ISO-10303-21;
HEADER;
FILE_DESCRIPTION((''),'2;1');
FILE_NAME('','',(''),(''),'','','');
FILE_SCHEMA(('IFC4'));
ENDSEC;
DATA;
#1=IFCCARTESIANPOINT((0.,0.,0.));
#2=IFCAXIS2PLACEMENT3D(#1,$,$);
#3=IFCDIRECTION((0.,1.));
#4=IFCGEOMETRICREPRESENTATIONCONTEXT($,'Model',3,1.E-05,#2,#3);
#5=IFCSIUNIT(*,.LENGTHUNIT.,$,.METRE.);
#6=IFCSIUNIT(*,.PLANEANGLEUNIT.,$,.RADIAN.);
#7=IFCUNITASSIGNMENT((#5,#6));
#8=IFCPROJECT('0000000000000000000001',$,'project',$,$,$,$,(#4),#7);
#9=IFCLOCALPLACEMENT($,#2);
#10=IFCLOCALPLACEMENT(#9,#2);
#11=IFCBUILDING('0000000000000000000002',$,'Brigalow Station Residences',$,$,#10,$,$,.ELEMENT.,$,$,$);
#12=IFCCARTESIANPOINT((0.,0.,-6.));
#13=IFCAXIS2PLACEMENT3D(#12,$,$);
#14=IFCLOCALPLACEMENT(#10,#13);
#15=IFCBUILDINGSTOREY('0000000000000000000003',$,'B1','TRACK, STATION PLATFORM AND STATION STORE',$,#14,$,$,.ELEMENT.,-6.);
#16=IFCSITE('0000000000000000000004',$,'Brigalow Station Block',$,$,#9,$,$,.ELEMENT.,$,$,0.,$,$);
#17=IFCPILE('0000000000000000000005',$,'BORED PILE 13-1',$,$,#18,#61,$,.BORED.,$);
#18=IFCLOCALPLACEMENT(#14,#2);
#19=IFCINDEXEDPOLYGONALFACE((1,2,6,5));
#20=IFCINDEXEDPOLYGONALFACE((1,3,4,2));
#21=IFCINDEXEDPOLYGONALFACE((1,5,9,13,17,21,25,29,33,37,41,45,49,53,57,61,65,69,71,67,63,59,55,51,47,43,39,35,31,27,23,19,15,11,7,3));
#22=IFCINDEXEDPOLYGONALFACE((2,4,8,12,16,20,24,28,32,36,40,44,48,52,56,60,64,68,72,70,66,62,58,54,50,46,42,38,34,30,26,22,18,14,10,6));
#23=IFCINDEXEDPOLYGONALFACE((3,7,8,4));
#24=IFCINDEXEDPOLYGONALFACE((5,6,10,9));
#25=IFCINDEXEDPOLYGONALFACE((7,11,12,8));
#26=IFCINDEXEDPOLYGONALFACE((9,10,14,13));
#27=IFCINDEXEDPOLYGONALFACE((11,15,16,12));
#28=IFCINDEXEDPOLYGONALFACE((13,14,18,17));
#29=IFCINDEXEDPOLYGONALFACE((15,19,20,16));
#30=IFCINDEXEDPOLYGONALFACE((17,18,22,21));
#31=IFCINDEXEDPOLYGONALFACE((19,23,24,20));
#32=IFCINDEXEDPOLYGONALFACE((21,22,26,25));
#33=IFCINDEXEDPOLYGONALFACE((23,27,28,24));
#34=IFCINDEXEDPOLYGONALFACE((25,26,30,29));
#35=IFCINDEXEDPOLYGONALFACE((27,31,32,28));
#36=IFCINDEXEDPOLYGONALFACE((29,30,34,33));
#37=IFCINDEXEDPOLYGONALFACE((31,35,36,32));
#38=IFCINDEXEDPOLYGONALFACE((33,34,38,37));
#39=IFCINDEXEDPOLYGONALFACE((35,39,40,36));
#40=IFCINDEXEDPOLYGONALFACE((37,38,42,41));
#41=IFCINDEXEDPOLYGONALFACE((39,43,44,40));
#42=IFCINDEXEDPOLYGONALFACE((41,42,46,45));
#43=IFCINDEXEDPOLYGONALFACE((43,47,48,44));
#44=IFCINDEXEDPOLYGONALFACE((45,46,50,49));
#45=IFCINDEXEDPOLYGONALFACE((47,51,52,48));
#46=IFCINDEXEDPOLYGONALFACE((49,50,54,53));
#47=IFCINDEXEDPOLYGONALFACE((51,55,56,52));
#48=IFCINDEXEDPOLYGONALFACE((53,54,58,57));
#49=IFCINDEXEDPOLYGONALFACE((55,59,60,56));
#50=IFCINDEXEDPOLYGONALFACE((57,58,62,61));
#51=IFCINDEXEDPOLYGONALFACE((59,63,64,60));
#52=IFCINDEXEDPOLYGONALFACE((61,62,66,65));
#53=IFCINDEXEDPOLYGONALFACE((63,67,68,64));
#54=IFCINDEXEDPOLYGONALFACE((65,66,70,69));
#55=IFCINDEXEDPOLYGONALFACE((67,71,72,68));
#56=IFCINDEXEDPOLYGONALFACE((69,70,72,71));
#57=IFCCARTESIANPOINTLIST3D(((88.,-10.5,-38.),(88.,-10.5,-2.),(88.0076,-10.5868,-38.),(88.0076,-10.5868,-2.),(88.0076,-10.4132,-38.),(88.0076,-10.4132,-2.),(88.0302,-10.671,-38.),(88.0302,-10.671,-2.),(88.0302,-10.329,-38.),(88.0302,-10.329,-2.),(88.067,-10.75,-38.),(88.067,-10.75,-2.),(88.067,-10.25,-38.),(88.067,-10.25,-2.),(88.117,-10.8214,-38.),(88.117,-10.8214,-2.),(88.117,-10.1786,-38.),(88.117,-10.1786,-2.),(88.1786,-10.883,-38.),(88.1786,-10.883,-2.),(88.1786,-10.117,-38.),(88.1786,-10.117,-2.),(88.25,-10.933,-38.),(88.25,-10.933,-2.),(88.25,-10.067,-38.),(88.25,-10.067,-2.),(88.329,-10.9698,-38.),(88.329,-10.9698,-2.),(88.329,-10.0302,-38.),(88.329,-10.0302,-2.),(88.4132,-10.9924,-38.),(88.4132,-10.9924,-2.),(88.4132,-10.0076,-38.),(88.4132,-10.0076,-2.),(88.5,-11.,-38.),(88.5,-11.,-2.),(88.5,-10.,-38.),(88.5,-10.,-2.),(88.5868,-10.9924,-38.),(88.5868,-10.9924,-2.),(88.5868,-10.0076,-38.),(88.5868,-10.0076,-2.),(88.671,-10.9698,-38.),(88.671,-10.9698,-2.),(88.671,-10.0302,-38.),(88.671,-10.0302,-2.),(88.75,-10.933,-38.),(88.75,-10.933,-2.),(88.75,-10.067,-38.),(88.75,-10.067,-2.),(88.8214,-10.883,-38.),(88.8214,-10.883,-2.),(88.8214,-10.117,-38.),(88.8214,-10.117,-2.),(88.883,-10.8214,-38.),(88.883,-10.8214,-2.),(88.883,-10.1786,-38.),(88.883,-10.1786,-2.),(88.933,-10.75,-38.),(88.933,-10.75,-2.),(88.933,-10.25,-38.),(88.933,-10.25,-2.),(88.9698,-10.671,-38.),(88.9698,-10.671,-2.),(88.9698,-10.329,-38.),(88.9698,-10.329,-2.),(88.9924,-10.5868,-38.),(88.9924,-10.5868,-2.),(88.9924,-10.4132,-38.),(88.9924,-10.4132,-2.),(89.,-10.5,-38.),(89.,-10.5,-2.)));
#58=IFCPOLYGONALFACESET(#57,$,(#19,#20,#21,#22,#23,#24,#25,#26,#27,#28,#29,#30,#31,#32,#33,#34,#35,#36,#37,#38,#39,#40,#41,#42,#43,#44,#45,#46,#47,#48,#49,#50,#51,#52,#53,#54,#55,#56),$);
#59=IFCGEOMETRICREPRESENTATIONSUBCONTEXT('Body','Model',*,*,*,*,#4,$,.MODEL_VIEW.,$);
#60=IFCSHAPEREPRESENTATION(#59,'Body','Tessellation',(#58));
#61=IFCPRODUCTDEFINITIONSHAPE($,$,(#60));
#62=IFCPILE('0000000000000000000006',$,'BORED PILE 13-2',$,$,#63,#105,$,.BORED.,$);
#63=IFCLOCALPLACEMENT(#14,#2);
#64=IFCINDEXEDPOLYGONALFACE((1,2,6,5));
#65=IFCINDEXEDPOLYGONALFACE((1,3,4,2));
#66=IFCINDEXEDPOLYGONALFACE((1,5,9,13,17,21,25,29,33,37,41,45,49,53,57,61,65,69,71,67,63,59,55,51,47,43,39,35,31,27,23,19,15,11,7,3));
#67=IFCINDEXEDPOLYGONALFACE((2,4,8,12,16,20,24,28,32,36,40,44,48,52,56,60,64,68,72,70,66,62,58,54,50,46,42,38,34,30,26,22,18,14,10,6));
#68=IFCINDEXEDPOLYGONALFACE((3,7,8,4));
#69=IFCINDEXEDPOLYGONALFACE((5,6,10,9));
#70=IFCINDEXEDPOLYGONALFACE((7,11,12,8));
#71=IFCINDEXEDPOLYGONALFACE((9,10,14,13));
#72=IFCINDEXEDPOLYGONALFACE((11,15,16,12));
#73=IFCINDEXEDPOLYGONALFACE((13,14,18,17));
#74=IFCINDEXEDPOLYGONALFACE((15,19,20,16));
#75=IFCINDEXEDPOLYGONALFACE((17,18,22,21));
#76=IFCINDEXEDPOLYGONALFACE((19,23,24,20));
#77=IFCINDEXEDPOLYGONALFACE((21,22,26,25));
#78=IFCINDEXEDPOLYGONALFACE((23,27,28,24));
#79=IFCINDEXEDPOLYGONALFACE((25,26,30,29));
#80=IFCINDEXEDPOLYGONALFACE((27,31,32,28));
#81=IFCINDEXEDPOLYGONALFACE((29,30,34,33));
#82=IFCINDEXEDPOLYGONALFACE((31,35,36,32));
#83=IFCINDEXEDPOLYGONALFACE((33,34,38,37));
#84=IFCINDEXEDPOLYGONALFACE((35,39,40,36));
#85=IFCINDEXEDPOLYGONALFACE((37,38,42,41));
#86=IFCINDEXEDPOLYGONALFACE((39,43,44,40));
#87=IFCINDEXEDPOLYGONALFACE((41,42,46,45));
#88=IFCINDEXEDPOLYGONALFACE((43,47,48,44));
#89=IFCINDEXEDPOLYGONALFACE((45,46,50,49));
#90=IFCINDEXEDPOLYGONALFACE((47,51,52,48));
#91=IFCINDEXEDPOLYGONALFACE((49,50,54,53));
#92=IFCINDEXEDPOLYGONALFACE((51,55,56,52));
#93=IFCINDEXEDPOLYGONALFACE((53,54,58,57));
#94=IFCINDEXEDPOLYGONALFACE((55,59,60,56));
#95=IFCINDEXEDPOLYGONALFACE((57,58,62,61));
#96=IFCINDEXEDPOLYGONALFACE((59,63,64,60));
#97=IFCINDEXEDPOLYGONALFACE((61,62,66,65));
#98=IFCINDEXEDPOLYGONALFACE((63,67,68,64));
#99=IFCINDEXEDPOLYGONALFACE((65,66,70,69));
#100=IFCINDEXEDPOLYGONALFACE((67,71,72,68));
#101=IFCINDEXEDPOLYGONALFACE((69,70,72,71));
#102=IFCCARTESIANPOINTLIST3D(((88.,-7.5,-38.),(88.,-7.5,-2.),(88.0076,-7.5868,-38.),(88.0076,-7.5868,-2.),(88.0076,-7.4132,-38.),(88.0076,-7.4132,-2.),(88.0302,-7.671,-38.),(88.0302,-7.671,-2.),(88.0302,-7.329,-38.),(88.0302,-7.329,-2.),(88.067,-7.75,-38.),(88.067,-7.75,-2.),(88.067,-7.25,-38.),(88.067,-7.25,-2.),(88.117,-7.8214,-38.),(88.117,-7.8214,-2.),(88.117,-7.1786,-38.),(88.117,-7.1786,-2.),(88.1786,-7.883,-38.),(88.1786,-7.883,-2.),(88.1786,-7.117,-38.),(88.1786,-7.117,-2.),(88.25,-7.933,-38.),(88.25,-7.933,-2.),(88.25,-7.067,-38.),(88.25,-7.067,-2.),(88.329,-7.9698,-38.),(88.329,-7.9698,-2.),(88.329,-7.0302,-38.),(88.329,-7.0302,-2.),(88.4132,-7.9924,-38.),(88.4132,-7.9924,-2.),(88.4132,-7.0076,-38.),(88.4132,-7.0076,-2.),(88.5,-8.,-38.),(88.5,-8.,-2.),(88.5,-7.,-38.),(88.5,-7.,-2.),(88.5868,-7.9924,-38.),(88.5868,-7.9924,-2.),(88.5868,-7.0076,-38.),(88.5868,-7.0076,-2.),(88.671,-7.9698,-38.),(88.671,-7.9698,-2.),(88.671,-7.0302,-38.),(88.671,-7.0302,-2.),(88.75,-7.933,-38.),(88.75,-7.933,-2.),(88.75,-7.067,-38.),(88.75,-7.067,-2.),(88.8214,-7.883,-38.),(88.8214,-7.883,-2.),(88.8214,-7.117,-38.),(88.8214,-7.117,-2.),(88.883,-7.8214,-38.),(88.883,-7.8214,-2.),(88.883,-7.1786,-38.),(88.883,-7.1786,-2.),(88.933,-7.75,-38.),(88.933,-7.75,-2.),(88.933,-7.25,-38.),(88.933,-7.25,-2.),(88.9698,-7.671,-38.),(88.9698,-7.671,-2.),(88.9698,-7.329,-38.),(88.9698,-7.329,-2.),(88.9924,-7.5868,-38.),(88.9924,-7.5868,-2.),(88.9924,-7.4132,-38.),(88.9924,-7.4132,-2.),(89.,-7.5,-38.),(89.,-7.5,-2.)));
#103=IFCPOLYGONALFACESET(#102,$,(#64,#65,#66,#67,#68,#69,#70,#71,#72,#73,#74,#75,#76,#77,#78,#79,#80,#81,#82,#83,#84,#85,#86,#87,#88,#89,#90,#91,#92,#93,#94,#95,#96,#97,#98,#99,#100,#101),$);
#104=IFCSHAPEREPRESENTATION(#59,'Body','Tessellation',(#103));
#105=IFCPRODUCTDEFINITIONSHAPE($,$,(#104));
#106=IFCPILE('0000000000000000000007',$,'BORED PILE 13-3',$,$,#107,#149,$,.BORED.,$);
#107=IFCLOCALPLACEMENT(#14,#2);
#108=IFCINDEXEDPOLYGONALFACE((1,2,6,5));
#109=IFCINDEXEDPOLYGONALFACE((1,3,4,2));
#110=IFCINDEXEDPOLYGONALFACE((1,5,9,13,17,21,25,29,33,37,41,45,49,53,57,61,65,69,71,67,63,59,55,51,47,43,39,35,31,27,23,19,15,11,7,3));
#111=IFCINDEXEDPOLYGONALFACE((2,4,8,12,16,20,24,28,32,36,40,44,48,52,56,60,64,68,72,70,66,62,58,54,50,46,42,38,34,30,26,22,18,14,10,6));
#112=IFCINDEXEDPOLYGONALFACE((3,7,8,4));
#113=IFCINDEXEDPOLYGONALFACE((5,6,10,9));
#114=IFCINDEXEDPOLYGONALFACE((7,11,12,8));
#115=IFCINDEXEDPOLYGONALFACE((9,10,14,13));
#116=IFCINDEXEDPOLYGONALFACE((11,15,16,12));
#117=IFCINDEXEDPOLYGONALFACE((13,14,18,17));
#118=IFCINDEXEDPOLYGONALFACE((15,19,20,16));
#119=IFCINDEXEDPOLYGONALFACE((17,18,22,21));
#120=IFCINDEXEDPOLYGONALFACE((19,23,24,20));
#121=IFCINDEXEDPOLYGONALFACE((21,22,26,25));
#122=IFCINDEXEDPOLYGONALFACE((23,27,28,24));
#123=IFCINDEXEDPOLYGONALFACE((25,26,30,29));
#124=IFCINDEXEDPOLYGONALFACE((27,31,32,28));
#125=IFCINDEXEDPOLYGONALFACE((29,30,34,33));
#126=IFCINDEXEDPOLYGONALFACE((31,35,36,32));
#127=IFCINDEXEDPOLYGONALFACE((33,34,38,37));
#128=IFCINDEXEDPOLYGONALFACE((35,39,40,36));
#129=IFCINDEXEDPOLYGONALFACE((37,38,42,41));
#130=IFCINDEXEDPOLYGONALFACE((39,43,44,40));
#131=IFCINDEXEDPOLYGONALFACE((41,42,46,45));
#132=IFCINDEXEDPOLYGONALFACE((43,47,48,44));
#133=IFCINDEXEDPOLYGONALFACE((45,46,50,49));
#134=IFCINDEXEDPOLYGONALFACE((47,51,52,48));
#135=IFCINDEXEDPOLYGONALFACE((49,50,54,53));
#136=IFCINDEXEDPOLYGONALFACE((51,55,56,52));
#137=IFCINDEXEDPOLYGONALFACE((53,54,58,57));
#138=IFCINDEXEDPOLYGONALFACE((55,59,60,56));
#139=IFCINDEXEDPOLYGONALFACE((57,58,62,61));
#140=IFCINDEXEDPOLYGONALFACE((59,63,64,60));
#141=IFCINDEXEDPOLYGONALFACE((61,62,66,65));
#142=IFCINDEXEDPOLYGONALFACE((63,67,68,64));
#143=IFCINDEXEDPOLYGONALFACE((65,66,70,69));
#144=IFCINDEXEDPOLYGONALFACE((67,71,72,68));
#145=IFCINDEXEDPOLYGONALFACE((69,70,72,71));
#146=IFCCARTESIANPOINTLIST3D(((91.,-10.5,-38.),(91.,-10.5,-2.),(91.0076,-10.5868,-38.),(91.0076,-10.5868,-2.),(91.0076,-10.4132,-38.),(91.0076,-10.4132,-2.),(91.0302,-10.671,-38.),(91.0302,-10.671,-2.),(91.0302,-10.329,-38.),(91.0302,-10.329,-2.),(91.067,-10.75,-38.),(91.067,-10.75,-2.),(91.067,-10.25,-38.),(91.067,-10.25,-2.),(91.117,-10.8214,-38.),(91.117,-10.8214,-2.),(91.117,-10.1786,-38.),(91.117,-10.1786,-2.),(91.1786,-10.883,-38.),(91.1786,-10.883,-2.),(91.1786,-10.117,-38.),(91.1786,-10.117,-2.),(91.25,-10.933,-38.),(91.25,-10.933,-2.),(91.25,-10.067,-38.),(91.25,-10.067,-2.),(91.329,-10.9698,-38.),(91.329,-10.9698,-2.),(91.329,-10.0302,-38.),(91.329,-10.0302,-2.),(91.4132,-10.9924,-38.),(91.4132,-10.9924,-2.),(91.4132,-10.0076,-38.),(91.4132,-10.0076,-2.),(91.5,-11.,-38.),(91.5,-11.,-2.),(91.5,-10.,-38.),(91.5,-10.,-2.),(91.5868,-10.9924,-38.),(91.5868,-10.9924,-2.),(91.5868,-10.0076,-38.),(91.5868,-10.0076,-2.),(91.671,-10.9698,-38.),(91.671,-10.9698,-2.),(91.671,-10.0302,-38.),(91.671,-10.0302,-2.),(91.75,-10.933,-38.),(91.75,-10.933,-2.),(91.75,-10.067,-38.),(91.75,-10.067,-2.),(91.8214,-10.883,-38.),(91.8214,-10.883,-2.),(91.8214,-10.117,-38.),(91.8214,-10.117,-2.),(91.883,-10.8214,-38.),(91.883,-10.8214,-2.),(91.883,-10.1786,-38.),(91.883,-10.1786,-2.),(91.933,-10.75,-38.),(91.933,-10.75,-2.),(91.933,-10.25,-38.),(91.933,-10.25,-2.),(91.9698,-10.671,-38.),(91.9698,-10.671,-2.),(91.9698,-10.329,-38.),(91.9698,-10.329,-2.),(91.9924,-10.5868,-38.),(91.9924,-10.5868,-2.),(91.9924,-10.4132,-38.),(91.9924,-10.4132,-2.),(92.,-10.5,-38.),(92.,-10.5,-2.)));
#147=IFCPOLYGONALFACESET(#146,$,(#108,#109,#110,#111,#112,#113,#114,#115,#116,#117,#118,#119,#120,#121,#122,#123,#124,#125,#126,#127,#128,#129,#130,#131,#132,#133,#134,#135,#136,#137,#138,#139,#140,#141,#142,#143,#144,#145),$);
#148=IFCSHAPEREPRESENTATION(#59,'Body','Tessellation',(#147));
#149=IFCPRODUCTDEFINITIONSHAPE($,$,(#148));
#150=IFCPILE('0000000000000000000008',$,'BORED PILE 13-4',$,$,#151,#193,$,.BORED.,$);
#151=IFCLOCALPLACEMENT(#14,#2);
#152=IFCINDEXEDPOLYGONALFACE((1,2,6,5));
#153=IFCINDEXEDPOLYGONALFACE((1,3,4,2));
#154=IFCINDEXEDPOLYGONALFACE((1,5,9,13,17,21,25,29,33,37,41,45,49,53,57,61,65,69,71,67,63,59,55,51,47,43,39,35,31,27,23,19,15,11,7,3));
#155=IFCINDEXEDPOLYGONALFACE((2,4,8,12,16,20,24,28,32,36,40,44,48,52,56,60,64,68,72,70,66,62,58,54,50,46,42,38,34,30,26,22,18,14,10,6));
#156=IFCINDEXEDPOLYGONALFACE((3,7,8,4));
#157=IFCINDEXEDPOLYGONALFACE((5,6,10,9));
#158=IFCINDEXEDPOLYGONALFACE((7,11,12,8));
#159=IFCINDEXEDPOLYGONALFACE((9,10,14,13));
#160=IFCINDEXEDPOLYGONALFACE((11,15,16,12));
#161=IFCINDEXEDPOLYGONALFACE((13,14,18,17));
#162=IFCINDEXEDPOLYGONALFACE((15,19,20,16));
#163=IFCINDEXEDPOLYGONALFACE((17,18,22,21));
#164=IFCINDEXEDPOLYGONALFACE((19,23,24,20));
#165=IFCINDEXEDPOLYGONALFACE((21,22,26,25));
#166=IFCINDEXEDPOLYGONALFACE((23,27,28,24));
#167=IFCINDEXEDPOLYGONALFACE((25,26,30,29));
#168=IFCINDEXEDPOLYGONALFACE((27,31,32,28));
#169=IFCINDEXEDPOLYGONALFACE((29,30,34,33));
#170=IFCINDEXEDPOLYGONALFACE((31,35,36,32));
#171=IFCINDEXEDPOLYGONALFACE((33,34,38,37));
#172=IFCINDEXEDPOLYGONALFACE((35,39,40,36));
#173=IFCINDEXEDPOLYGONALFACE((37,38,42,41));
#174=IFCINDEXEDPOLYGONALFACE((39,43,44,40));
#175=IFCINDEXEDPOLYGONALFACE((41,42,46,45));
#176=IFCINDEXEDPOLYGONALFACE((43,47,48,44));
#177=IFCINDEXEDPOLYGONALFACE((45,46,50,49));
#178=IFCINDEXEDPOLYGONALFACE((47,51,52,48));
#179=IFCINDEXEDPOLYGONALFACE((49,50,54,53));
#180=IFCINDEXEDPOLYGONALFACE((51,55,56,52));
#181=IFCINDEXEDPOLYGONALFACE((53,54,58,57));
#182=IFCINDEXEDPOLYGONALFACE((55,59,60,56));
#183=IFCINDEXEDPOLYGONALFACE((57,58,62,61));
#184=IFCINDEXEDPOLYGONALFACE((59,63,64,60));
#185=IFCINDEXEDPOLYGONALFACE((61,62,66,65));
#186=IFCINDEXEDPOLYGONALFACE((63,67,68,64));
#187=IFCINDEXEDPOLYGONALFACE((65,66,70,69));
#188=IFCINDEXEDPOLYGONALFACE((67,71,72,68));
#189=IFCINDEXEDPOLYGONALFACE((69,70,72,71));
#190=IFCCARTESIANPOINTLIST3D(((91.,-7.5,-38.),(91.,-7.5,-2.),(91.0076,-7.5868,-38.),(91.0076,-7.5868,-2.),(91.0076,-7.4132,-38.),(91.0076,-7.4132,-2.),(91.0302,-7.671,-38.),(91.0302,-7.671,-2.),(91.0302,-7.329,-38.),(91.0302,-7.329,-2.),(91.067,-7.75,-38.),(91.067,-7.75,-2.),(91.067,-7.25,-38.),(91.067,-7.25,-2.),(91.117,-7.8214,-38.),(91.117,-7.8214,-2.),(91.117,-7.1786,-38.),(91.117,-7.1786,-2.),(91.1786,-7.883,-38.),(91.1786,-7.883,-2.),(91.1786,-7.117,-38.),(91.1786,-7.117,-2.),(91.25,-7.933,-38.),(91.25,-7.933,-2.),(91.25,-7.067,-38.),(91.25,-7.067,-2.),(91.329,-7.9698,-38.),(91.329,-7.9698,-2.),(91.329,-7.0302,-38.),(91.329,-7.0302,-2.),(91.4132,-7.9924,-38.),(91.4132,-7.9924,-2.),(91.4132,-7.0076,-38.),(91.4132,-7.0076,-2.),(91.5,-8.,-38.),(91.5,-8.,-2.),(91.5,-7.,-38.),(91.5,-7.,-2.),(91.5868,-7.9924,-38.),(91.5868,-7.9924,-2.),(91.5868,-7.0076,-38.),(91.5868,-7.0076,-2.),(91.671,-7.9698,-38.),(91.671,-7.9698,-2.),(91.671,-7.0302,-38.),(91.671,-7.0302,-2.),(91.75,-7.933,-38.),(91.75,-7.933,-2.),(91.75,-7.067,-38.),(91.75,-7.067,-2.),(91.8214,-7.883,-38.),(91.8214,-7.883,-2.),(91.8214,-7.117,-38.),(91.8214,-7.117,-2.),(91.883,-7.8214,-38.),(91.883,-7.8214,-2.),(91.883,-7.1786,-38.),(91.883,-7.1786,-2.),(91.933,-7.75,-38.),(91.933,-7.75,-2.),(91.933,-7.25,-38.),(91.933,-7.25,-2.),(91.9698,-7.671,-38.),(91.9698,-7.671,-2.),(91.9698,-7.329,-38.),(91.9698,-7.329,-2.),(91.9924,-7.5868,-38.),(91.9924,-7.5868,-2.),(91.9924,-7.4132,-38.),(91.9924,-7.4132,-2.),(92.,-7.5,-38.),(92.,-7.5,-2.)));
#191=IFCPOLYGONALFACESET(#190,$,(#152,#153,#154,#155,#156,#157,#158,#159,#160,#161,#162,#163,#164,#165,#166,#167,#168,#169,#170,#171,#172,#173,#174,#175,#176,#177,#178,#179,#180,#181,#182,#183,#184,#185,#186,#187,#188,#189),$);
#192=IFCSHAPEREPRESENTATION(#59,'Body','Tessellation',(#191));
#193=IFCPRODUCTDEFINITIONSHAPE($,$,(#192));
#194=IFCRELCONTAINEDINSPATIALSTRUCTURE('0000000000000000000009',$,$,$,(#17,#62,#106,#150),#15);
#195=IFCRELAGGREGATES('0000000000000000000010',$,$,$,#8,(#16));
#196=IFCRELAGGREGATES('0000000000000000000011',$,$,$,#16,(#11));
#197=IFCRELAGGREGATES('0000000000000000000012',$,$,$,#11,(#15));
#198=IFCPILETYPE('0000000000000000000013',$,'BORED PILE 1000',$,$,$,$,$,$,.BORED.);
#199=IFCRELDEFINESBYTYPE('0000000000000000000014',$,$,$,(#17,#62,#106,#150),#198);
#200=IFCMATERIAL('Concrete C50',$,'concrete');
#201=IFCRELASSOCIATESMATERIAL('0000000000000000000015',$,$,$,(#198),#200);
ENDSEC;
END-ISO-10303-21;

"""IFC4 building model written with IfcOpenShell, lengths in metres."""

from ifc_helpers import new_model, si_unit, direction, frame, origin, origin_2d, place, context, subcontext, project, spatial, circle, extrude, material, material_profile, profile_set, type_object, element, save


model = new_model("IFC4")

# Units and contexts
model_context = context("Model", 3, precision=1e-05, world=origin(), true_north=direction((0.0, 1.0)))
body_context = subcontext(model_context, "Body", "Model", "MODEL_VIEW")
ifc_project = project(units=[si_unit("LENGTHUNIT", "METRE"), si_unit("PLANEANGLEUNIT", "RADIAN")], contexts=[model_context])

# Site, building, storey
site_placement = place(None, origin())
site = spatial("IfcSite", under=ifc_project, at=site_placement, Name="Brigalow Station Block", CompositionType="ELEMENT", RefElevation=0.0)
building_placement = place(site_placement, origin())
building = spatial("IfcBuilding", under=site, at=building_placement, Name="Brigalow Station Residences", CompositionType="ELEMENT")
storey_placement = place(building_placement, frame((0.0, 0.0, -6.0)))
storey = spatial("IfcBuildingStorey", under=building, at=storey_placement, Name="B1", Description="TRACK, STATION PLATFORM AND STATION STORE", CompositionType="ELEMENT", Elevation=-6.0)

# Piles
ifc_material_1 = material(Name="Concrete C50", Category="concrete")
ifc_material_profile_1 = material_profile(ifc_material_1, circle(Radius=0.5, at=origin_2d()), Name="BP1000")
ifc_profile_set_1 = profile_set([ifc_material_profile_1], Name="Concrete C50")
pile_type_1 = type_object("IfcPileType", Name="BORED PILE 1000", PredefinedType="BORED", material=ifc_profile_set_1)
for number, where, z_axis, x_axis, name in (
    (1, (88.5, -10.5, -2.0), (0.0, 0.0, -1.0), (1.0, 0.0, 0.0), "BORED PILE 13-1"),
    (2, (88.5, -7.5, -2.0), (0.0, 0.0, -1.0), (1.0, 0.0, 0.0), "BORED PILE 13-2"),
    (3, (91.5, -10.5, -2.0), (0.0, 0.0, -1.0), (1.0, 0.0, 0.0), "BORED PILE 13-3"),
    (4, (91.5, -7.5, -2.0), (0.0, 0.0, -1.0), (1.0, 0.0, 0.0), "BORED PILE 13-4"),
):
    element("IfcPile", number, at=place(storey_placement, frame(where, z_axis=z_axis, x_axis=x_axis)), inside=storey, type_object=pile_type_1, Name=name, PredefinedType="BORED", context=body_context, shape_type="SweptSolid", body=[
        extrude(circle(Radius=0.5, at=origin_2d()), origin(), (0.0, 0.0, 1.0), 36.0),
    ])

save(model, "model.ifc")
